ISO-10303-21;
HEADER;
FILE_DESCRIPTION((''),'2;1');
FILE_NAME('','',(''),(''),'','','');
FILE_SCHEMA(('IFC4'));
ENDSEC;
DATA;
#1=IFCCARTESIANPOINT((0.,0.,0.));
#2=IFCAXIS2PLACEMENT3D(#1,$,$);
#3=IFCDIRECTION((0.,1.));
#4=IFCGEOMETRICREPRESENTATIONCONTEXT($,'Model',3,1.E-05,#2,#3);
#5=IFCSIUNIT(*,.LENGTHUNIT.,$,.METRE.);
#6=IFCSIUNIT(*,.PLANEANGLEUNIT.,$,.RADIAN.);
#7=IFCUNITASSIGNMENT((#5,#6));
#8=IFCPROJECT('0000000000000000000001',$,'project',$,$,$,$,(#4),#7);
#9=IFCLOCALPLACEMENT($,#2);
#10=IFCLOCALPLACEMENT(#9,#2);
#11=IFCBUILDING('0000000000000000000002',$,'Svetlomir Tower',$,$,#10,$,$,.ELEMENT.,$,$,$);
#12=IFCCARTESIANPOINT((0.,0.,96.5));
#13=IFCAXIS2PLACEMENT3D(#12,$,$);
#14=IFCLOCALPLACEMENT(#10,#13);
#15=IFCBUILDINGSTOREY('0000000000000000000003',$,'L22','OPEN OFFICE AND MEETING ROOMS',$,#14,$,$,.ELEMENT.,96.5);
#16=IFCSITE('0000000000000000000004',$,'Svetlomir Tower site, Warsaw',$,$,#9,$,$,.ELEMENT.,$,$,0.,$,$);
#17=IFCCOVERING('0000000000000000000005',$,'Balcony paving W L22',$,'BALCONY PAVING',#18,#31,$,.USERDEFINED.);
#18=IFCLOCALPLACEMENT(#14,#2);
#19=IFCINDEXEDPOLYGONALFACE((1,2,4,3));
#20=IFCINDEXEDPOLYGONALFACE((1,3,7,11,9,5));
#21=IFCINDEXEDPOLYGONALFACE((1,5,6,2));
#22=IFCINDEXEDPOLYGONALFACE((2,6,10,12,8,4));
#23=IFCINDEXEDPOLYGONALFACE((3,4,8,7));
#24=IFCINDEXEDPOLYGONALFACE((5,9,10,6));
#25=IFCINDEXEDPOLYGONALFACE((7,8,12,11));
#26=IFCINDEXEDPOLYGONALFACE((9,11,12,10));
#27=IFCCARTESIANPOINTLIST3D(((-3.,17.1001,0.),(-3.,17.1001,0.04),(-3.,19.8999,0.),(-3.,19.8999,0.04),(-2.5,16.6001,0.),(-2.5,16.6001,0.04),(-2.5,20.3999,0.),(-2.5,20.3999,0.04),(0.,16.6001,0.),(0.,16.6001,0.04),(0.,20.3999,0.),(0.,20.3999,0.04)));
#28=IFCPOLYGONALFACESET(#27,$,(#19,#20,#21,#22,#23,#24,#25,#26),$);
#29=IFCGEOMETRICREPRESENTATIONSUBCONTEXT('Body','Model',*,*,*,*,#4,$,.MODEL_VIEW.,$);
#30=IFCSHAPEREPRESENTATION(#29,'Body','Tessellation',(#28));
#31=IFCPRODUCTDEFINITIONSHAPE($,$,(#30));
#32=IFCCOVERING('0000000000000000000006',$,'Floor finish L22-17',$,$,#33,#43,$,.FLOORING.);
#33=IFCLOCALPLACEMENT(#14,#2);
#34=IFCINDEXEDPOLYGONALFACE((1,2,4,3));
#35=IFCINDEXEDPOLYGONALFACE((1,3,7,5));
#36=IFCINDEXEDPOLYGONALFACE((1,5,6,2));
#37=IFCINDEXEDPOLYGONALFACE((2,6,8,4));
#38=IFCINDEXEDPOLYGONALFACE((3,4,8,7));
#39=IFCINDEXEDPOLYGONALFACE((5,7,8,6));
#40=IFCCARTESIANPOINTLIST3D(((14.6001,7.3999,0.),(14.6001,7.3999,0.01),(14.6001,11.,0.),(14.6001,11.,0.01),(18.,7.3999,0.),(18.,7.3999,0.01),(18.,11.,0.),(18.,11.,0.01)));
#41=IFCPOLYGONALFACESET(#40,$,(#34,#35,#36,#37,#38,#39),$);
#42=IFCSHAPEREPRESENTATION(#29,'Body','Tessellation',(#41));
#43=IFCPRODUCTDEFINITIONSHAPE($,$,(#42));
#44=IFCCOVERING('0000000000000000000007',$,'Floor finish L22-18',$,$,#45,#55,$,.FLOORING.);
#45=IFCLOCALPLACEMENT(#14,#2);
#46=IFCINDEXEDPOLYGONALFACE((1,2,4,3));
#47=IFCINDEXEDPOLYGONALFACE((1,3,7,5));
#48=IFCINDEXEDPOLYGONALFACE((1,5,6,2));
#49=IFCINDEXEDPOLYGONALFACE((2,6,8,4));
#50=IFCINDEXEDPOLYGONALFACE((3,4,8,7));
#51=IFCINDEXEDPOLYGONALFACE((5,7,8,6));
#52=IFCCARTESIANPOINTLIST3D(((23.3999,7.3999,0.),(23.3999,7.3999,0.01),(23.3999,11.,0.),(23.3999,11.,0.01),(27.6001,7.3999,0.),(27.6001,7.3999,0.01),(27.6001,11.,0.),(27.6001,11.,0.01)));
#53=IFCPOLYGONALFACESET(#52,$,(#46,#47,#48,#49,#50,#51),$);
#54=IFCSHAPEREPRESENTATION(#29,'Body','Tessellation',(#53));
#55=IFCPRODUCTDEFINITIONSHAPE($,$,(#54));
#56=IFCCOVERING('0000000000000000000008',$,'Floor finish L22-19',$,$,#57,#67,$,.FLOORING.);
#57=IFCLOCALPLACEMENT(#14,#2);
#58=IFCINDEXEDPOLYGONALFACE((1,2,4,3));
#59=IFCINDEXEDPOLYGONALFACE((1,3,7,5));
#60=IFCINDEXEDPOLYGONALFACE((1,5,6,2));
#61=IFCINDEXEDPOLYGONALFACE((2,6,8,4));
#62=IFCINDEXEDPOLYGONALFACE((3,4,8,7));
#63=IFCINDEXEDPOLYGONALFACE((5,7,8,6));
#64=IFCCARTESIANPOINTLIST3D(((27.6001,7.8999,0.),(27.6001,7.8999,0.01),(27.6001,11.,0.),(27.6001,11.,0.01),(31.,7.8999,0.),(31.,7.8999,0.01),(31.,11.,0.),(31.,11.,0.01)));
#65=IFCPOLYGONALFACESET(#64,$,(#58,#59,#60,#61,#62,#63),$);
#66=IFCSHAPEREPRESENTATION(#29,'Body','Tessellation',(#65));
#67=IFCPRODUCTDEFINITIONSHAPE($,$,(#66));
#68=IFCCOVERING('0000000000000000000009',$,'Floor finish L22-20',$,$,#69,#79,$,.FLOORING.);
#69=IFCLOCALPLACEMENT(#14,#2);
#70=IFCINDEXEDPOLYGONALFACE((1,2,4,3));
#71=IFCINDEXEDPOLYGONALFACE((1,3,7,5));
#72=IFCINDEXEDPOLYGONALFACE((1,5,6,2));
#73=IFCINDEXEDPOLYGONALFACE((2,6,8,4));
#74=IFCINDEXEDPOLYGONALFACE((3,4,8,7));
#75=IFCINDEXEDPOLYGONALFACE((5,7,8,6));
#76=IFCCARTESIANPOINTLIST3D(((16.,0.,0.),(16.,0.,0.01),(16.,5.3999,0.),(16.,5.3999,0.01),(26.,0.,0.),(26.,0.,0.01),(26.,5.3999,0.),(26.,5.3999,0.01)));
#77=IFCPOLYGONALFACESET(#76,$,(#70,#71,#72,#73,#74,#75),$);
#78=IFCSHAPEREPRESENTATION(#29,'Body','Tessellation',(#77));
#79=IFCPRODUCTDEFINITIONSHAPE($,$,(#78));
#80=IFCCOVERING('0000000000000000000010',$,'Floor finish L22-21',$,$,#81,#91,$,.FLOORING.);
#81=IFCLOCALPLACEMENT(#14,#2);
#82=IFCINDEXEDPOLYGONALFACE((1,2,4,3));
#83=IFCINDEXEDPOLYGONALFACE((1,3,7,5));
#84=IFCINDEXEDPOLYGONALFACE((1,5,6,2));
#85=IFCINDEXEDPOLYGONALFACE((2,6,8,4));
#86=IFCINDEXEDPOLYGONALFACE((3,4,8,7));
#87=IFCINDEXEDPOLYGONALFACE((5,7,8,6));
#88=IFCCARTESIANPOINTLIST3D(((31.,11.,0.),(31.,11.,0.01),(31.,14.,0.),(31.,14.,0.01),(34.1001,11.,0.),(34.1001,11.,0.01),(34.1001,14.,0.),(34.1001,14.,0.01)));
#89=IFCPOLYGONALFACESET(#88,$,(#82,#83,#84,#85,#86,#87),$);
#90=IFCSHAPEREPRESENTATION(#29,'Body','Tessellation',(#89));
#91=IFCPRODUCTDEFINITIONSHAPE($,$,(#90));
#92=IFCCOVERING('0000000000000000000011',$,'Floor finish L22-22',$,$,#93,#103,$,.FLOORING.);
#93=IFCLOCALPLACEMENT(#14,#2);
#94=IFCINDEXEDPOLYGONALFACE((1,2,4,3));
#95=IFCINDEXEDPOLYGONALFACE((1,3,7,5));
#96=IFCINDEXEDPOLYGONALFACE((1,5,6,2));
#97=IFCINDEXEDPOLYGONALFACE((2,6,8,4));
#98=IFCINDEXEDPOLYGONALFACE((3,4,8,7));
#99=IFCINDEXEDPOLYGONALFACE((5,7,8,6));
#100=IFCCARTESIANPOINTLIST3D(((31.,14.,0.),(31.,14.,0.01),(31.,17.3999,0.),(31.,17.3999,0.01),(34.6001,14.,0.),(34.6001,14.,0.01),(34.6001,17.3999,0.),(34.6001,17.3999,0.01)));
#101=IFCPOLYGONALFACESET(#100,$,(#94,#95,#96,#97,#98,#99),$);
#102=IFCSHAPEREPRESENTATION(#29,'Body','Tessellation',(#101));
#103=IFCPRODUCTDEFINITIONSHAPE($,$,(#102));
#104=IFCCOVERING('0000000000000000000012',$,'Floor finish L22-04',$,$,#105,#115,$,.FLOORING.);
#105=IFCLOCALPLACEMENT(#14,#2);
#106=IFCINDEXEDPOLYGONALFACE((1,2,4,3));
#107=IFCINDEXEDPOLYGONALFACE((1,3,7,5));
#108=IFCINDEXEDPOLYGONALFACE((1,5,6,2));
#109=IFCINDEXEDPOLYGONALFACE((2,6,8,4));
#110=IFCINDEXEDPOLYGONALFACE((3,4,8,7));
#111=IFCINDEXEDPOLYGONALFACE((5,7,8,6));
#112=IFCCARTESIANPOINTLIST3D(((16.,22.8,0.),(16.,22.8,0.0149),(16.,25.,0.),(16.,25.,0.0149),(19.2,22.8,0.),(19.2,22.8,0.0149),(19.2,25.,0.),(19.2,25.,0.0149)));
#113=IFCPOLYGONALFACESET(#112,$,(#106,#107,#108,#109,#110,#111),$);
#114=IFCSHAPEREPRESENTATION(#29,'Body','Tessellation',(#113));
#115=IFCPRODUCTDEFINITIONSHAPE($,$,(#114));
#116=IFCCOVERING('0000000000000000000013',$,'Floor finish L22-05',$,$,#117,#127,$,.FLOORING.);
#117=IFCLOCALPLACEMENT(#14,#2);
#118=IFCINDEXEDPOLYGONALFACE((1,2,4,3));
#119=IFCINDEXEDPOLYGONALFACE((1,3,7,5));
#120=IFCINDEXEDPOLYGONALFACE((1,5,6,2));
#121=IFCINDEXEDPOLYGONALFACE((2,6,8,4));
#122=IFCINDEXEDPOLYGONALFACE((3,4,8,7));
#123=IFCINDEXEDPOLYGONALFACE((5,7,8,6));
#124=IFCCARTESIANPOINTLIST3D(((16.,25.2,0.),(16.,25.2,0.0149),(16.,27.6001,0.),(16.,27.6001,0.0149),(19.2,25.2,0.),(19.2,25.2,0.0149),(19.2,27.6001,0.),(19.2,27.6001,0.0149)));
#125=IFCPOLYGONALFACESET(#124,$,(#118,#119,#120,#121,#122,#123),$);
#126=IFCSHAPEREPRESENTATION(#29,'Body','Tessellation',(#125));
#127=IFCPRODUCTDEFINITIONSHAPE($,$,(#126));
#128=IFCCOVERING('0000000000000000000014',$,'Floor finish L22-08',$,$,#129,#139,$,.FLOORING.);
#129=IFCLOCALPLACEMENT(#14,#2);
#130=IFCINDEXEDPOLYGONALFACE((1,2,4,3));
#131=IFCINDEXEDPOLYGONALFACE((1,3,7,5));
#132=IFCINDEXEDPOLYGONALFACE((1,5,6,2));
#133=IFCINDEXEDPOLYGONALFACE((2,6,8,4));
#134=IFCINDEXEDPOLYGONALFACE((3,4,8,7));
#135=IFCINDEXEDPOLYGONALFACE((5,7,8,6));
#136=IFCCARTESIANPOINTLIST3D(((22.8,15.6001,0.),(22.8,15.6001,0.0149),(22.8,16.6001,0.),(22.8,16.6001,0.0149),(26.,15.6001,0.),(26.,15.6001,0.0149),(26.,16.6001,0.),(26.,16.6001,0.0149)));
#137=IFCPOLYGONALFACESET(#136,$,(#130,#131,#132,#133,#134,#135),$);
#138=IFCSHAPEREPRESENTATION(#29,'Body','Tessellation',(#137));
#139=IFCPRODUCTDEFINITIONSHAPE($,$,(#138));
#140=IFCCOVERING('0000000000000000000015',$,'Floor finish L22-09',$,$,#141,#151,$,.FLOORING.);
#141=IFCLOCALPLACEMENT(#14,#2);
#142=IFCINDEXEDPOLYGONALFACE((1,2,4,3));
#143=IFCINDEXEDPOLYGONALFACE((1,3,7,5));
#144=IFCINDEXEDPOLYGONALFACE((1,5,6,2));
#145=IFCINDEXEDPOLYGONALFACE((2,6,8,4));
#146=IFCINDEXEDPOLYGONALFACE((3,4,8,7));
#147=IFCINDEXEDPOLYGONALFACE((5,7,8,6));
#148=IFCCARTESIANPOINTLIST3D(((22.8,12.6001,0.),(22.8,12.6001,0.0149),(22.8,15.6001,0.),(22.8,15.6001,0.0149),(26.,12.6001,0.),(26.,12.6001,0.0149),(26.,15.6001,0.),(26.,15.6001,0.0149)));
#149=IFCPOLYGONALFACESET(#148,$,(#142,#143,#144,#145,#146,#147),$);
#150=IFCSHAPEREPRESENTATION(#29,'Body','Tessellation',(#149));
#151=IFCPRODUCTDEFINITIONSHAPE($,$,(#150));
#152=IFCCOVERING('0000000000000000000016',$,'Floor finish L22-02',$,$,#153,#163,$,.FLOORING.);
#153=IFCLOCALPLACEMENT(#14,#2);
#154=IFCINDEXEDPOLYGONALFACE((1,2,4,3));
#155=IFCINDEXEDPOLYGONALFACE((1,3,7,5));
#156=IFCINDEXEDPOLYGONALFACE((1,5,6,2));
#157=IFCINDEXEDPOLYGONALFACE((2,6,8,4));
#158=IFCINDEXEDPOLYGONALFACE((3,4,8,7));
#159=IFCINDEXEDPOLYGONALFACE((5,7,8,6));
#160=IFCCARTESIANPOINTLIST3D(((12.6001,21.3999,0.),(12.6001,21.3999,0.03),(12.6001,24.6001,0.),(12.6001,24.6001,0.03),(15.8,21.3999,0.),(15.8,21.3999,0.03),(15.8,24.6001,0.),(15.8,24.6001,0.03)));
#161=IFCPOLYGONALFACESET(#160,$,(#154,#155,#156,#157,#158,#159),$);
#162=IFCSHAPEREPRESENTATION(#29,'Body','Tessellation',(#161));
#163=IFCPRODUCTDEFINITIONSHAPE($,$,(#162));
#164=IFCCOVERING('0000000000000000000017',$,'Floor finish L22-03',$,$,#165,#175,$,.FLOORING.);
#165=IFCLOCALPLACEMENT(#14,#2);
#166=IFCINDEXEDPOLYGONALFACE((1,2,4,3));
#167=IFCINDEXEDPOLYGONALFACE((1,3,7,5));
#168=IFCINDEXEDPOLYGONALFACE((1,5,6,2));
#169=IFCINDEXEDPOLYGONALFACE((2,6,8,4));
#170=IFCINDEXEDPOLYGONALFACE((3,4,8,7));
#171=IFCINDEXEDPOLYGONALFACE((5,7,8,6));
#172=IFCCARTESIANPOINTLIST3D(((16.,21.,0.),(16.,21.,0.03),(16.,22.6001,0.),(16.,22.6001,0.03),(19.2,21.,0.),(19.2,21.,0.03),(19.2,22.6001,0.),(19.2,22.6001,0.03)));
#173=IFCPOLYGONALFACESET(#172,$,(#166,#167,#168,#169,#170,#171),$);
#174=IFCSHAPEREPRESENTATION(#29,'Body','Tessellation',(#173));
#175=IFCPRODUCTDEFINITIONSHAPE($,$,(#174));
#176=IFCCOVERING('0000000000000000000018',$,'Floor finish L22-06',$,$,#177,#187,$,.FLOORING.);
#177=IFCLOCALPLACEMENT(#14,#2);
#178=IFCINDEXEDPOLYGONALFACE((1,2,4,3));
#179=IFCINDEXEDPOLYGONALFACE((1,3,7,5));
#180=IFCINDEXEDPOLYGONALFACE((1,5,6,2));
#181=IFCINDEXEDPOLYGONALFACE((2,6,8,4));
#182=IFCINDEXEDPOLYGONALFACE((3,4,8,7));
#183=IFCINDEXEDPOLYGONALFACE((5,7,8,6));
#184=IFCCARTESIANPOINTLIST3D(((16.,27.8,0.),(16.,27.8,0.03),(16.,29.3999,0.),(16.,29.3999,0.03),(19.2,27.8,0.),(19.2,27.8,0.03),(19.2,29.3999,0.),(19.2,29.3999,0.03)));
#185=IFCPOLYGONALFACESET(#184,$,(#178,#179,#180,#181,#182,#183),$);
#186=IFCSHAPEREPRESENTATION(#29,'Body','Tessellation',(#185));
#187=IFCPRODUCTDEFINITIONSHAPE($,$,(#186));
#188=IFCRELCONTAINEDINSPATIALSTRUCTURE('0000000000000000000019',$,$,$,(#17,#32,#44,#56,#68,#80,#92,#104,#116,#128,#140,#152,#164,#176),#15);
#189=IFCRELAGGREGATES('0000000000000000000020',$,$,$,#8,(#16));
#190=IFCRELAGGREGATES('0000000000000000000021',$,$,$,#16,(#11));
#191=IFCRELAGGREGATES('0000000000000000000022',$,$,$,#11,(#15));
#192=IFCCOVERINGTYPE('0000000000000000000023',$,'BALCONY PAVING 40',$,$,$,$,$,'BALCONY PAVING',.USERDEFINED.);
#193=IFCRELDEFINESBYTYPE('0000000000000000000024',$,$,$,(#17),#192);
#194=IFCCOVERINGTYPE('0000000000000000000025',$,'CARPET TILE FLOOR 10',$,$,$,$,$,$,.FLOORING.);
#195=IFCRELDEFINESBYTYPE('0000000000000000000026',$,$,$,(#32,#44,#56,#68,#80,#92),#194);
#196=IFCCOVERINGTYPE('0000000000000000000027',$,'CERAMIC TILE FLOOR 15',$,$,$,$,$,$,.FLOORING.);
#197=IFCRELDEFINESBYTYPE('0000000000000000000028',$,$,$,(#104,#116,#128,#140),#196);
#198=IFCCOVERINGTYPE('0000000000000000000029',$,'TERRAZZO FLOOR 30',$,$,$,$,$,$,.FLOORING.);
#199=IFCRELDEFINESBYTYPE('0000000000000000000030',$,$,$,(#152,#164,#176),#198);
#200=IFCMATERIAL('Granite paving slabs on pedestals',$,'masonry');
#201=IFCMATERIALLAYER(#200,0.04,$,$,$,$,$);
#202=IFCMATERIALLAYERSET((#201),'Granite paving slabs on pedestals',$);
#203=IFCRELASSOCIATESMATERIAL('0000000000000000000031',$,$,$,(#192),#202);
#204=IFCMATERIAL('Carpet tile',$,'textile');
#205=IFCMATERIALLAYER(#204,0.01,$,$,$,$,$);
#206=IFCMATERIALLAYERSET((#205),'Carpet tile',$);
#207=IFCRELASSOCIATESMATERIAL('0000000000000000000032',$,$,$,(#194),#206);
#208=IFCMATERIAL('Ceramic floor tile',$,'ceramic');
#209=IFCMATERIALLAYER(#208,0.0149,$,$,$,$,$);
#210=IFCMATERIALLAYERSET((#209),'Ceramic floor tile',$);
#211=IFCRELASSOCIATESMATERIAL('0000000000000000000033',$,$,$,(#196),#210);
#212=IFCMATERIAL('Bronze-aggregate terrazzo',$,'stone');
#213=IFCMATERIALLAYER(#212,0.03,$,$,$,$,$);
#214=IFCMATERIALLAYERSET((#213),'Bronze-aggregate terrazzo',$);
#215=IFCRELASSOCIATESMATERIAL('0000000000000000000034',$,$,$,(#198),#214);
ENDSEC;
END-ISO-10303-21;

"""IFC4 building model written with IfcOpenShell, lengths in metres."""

from ifc_helpers import new_model, si_unit, direction, frame, origin, place, context, subcontext, project, spatial, polyline, outline, extrude, material, layer, layer_set, type_object, element, save


model = new_model("IFC4")

# Units and contexts
model_context = context("Model", 3, precision=1e-05, world=origin(), true_north=direction((0.0, 1.0)))
body_context = subcontext(model_context, "Body", "Model", "MODEL_VIEW")
ifc_project = project(units=[si_unit("LENGTHUNIT", "METRE"), si_unit("PLANEANGLEUNIT", "RADIAN")], contexts=[model_context])

# Site, building, storey
site_placement = place(None, origin())
site = spatial("IfcSite", under=ifc_project, at=site_placement, Name="Svetlomir Tower site, Warsaw", CompositionType="ELEMENT", RefElevation=0.0)
building_placement = place(site_placement, origin())
building = spatial("IfcBuilding", under=site, at=building_placement, Name="Svetlomir Tower", CompositionType="ELEMENT")
storey_placement = place(building_placement, frame((0.0, 0.0, 96.5)))
storey = spatial("IfcBuildingStorey", under=building, at=storey_placement, Name="L22", Description="OPEN OFFICE AND MEETING ROOMS", CompositionType="ELEMENT", Elevation=96.5)

# Coverings
ifc_material_1 = material(Name="Granite paving slabs on pedestals", Category="masonry")
ifc_layer_1 = layer(ifc_material_1, 0.04)
ifc_layer_set_1 = layer_set([ifc_layer_1], Name="Granite paving slabs on pedestals")
covering_type_1 = type_object("IfcCoveringType", Name="BALCONY PAVING 40", ElementType="BALCONY PAVING", PredefinedType="USERDEFINED", material=ifc_layer_set_1)
covering_1_placement = place(storey_placement, origin())
element("IfcCovering", 1, at=covering_1_placement, inside=storey, type_object=covering_type_1, Name="Balcony paving W L22", ObjectType="BALCONY PAVING", PredefinedType="USERDEFINED", context=body_context, shape_type="SweptSolid", body=[
    extrude(outline(polyline([(-2.5, 16.6001), (0.0, 16.6001), (0.0, 20.3999), (-2.5, 20.3999), (-3.0, 19.8999), (-3.0, 17.1001), (-2.5, 16.6001)])), origin(), (0.0, 0.0, 1.0), 0.04),
])
ifc_material_2 = material(Name="Carpet tile", Category="textile")
ifc_layer_2 = layer(ifc_material_2, 0.01)
ifc_layer_set_2 = layer_set([ifc_layer_2], Name="Carpet tile")
covering_type_2 = type_object("IfcCoveringType", Name="CARPET TILE FLOOR 10", PredefinedType="FLOORING", material=ifc_layer_set_2)
covering_2_placement = place(storey_placement, origin())
element("IfcCovering", 2, at=covering_2_placement, inside=storey, type_object=covering_type_2, Name="Floor finish L22-17", PredefinedType="FLOORING", context=body_context, shape_type="SweptSolid", body=[
    extrude(outline(polyline([(14.6001, 7.3999), (18.0, 7.3999), (18.0, 11.0), (14.6001, 11.0), (14.6001, 7.3999)])), origin(), (0.0, 0.0, 1.0), 0.01),
])
covering_3_placement = place(storey_placement, origin())
element("IfcCovering", 3, at=covering_3_placement, inside=storey, type_object=covering_type_2, Name="Floor finish L22-18", PredefinedType="FLOORING", context=body_context, shape_type="SweptSolid", body=[
    extrude(outline(polyline([(23.3999, 7.3999), (27.6001, 7.3999), (27.6001, 11.0), (23.3999, 11.0), (23.3999, 7.3999)])), origin(), (0.0, 0.0, 1.0), 0.01),
])
covering_4_placement = place(storey_placement, origin())
element("IfcCovering", 4, at=covering_4_placement, inside=storey, type_object=covering_type_2, Name="Floor finish L22-19", PredefinedType="FLOORING", context=body_context, shape_type="SweptSolid", body=[
    extrude(outline(polyline([(27.6001, 7.8999), (31.0, 7.8999), (31.0, 11.0), (27.6001, 11.0), (27.6001, 7.8999)])), origin(), (0.0, 0.0, 1.0), 0.01),
])
covering_5_placement = place(storey_placement, origin())
element("IfcCovering", 5, at=covering_5_placement, inside=storey, type_object=covering_type_2, Name="Floor finish L22-20", PredefinedType="FLOORING", context=body_context, shape_type="SweptSolid", body=[
    extrude(outline(polyline([(16.0, 0.0), (26.0, 0.0), (26.0, 5.3999), (16.0, 5.3999), (16.0, 0.0)])), origin(), (0.0, 0.0, 1.0), 0.01),
])
covering_6_placement = place(storey_placement, origin())
element("IfcCovering", 6, at=covering_6_placement, inside=storey, type_object=covering_type_2, Name="Floor finish L22-21", PredefinedType="FLOORING", context=body_context, shape_type="SweptSolid", body=[
    extrude(outline(polyline([(31.0, 11.0), (34.1001, 11.0), (34.1001, 14.0), (31.0, 14.0), (31.0, 11.0)])), origin(), (0.0, 0.0, 1.0), 0.01),
])
covering_7_placement = place(storey_placement, origin())
element("IfcCovering", 7, at=covering_7_placement, inside=storey, type_object=covering_type_2, Name="Floor finish L22-22", PredefinedType="FLOORING", context=body_context, shape_type="SweptSolid", body=[
    extrude(outline(polyline([(31.0, 14.0), (34.6001, 14.0), (34.6001, 17.3999), (31.0, 17.3999), (31.0, 14.0)])), origin(), (0.0, 0.0, 1.0), 0.01),
])
ifc_material_3 = material(Name="Ceramic floor tile", Category="ceramic")
ifc_layer_3 = layer(ifc_material_3, 0.0149)
ifc_layer_set_3 = layer_set([ifc_layer_3], Name="Ceramic floor tile")
covering_type_3 = type_object("IfcCoveringType", Name="CERAMIC TILE FLOOR 15", PredefinedType="FLOORING", material=ifc_layer_set_3)
covering_8_placement = place(storey_placement, origin())
element("IfcCovering", 8, at=covering_8_placement, inside=storey, type_object=covering_type_3, Name="Floor finish L22-04", PredefinedType="FLOORING", context=body_context, shape_type="SweptSolid", body=[
    extrude(outline(polyline([(16.0, 22.8), (19.2, 22.8), (19.2, 25.0), (16.0, 25.0), (16.0, 22.8)])), origin(), (0.0, 0.0, 1.0), 0.0149),
])
covering_9_placement = place(storey_placement, origin())
element("IfcCovering", 9, at=covering_9_placement, inside=storey, type_object=covering_type_3, Name="Floor finish L22-05", PredefinedType="FLOORING", context=body_context, shape_type="SweptSolid", body=[
    extrude(outline(polyline([(16.0, 25.2), (19.2, 25.2), (19.2, 27.6001), (16.0, 27.6001), (16.0, 25.2)])), origin(), (0.0, 0.0, 1.0), 0.0149),
])
covering_10_placement = place(storey_placement, origin())
element("IfcCovering", 10, at=covering_10_placement, inside=storey, type_object=covering_type_3, Name="Floor finish L22-08", PredefinedType="FLOORING", context=body_context, shape_type="SweptSolid", body=[
    extrude(outline(polyline([(22.8, 15.6001), (26.0, 15.6001), (26.0, 16.6001), (22.8, 16.6001), (22.8, 15.6001)])), origin(), (0.0, 0.0, 1.0), 0.0149),
])
covering_11_placement = place(storey_placement, origin())
element("IfcCovering", 11, at=covering_11_placement, inside=storey, type_object=covering_type_3, Name="Floor finish L22-09", PredefinedType="FLOORING", context=body_context, shape_type="SweptSolid", body=[
    extrude(outline(polyline([(22.8, 12.6001), (26.0, 12.6001), (26.0, 15.6001), (22.8, 15.6001), (22.8, 12.6001)])), origin(), (0.0, 0.0, 1.0), 0.0149),
])
ifc_material_4 = material(Name="Bronze-aggregate terrazzo", Category="stone")
ifc_layer_4 = layer(ifc_material_4, 0.03)
ifc_layer_set_4 = layer_set([ifc_layer_4], Name="Bronze-aggregate terrazzo")
covering_type_4 = type_object("IfcCoveringType", Name="TERRAZZO FLOOR 30", PredefinedType="FLOORING", material=ifc_layer_set_4)
covering_12_placement = place(storey_placement, origin())
element("IfcCovering", 12, at=covering_12_placement, inside=storey, type_object=covering_type_4, Name="Floor finish L22-02", PredefinedType="FLOORING", context=body_context, shape_type="SweptSolid", body=[
    extrude(outline(polyline([(12.6001, 21.3999), (15.8, 21.3999), (15.8, 24.6001), (12.6001, 24.6001), (12.6001, 21.3999)])), origin(), (0.0, 0.0, 1.0), 0.03),
])
covering_13_placement = place(storey_placement, origin())
element("IfcCovering", 13, at=covering_13_placement, inside=storey, type_object=covering_type_4, Name="Floor finish L22-03", PredefinedType="FLOORING", context=body_context, shape_type="SweptSolid", body=[
    extrude(outline(polyline([(16.0, 21.0), (19.2, 21.0), (19.2, 22.6001), (16.0, 22.6001), (16.0, 21.0)])), origin(), (0.0, 0.0, 1.0), 0.03),
])
covering_14_placement = place(storey_placement, origin())
element("IfcCovering", 14, at=covering_14_placement, inside=storey, type_object=covering_type_4, Name="Floor finish L22-06", PredefinedType="FLOORING", context=body_context, shape_type="SweptSolid", body=[
    extrude(outline(polyline([(16.0, 27.8), (19.2, 27.8), (19.2, 29.3999), (16.0, 29.3999), (16.0, 27.8)])), origin(), (0.0, 0.0, 1.0), 0.03),
])

save(model, "model.ifc")
